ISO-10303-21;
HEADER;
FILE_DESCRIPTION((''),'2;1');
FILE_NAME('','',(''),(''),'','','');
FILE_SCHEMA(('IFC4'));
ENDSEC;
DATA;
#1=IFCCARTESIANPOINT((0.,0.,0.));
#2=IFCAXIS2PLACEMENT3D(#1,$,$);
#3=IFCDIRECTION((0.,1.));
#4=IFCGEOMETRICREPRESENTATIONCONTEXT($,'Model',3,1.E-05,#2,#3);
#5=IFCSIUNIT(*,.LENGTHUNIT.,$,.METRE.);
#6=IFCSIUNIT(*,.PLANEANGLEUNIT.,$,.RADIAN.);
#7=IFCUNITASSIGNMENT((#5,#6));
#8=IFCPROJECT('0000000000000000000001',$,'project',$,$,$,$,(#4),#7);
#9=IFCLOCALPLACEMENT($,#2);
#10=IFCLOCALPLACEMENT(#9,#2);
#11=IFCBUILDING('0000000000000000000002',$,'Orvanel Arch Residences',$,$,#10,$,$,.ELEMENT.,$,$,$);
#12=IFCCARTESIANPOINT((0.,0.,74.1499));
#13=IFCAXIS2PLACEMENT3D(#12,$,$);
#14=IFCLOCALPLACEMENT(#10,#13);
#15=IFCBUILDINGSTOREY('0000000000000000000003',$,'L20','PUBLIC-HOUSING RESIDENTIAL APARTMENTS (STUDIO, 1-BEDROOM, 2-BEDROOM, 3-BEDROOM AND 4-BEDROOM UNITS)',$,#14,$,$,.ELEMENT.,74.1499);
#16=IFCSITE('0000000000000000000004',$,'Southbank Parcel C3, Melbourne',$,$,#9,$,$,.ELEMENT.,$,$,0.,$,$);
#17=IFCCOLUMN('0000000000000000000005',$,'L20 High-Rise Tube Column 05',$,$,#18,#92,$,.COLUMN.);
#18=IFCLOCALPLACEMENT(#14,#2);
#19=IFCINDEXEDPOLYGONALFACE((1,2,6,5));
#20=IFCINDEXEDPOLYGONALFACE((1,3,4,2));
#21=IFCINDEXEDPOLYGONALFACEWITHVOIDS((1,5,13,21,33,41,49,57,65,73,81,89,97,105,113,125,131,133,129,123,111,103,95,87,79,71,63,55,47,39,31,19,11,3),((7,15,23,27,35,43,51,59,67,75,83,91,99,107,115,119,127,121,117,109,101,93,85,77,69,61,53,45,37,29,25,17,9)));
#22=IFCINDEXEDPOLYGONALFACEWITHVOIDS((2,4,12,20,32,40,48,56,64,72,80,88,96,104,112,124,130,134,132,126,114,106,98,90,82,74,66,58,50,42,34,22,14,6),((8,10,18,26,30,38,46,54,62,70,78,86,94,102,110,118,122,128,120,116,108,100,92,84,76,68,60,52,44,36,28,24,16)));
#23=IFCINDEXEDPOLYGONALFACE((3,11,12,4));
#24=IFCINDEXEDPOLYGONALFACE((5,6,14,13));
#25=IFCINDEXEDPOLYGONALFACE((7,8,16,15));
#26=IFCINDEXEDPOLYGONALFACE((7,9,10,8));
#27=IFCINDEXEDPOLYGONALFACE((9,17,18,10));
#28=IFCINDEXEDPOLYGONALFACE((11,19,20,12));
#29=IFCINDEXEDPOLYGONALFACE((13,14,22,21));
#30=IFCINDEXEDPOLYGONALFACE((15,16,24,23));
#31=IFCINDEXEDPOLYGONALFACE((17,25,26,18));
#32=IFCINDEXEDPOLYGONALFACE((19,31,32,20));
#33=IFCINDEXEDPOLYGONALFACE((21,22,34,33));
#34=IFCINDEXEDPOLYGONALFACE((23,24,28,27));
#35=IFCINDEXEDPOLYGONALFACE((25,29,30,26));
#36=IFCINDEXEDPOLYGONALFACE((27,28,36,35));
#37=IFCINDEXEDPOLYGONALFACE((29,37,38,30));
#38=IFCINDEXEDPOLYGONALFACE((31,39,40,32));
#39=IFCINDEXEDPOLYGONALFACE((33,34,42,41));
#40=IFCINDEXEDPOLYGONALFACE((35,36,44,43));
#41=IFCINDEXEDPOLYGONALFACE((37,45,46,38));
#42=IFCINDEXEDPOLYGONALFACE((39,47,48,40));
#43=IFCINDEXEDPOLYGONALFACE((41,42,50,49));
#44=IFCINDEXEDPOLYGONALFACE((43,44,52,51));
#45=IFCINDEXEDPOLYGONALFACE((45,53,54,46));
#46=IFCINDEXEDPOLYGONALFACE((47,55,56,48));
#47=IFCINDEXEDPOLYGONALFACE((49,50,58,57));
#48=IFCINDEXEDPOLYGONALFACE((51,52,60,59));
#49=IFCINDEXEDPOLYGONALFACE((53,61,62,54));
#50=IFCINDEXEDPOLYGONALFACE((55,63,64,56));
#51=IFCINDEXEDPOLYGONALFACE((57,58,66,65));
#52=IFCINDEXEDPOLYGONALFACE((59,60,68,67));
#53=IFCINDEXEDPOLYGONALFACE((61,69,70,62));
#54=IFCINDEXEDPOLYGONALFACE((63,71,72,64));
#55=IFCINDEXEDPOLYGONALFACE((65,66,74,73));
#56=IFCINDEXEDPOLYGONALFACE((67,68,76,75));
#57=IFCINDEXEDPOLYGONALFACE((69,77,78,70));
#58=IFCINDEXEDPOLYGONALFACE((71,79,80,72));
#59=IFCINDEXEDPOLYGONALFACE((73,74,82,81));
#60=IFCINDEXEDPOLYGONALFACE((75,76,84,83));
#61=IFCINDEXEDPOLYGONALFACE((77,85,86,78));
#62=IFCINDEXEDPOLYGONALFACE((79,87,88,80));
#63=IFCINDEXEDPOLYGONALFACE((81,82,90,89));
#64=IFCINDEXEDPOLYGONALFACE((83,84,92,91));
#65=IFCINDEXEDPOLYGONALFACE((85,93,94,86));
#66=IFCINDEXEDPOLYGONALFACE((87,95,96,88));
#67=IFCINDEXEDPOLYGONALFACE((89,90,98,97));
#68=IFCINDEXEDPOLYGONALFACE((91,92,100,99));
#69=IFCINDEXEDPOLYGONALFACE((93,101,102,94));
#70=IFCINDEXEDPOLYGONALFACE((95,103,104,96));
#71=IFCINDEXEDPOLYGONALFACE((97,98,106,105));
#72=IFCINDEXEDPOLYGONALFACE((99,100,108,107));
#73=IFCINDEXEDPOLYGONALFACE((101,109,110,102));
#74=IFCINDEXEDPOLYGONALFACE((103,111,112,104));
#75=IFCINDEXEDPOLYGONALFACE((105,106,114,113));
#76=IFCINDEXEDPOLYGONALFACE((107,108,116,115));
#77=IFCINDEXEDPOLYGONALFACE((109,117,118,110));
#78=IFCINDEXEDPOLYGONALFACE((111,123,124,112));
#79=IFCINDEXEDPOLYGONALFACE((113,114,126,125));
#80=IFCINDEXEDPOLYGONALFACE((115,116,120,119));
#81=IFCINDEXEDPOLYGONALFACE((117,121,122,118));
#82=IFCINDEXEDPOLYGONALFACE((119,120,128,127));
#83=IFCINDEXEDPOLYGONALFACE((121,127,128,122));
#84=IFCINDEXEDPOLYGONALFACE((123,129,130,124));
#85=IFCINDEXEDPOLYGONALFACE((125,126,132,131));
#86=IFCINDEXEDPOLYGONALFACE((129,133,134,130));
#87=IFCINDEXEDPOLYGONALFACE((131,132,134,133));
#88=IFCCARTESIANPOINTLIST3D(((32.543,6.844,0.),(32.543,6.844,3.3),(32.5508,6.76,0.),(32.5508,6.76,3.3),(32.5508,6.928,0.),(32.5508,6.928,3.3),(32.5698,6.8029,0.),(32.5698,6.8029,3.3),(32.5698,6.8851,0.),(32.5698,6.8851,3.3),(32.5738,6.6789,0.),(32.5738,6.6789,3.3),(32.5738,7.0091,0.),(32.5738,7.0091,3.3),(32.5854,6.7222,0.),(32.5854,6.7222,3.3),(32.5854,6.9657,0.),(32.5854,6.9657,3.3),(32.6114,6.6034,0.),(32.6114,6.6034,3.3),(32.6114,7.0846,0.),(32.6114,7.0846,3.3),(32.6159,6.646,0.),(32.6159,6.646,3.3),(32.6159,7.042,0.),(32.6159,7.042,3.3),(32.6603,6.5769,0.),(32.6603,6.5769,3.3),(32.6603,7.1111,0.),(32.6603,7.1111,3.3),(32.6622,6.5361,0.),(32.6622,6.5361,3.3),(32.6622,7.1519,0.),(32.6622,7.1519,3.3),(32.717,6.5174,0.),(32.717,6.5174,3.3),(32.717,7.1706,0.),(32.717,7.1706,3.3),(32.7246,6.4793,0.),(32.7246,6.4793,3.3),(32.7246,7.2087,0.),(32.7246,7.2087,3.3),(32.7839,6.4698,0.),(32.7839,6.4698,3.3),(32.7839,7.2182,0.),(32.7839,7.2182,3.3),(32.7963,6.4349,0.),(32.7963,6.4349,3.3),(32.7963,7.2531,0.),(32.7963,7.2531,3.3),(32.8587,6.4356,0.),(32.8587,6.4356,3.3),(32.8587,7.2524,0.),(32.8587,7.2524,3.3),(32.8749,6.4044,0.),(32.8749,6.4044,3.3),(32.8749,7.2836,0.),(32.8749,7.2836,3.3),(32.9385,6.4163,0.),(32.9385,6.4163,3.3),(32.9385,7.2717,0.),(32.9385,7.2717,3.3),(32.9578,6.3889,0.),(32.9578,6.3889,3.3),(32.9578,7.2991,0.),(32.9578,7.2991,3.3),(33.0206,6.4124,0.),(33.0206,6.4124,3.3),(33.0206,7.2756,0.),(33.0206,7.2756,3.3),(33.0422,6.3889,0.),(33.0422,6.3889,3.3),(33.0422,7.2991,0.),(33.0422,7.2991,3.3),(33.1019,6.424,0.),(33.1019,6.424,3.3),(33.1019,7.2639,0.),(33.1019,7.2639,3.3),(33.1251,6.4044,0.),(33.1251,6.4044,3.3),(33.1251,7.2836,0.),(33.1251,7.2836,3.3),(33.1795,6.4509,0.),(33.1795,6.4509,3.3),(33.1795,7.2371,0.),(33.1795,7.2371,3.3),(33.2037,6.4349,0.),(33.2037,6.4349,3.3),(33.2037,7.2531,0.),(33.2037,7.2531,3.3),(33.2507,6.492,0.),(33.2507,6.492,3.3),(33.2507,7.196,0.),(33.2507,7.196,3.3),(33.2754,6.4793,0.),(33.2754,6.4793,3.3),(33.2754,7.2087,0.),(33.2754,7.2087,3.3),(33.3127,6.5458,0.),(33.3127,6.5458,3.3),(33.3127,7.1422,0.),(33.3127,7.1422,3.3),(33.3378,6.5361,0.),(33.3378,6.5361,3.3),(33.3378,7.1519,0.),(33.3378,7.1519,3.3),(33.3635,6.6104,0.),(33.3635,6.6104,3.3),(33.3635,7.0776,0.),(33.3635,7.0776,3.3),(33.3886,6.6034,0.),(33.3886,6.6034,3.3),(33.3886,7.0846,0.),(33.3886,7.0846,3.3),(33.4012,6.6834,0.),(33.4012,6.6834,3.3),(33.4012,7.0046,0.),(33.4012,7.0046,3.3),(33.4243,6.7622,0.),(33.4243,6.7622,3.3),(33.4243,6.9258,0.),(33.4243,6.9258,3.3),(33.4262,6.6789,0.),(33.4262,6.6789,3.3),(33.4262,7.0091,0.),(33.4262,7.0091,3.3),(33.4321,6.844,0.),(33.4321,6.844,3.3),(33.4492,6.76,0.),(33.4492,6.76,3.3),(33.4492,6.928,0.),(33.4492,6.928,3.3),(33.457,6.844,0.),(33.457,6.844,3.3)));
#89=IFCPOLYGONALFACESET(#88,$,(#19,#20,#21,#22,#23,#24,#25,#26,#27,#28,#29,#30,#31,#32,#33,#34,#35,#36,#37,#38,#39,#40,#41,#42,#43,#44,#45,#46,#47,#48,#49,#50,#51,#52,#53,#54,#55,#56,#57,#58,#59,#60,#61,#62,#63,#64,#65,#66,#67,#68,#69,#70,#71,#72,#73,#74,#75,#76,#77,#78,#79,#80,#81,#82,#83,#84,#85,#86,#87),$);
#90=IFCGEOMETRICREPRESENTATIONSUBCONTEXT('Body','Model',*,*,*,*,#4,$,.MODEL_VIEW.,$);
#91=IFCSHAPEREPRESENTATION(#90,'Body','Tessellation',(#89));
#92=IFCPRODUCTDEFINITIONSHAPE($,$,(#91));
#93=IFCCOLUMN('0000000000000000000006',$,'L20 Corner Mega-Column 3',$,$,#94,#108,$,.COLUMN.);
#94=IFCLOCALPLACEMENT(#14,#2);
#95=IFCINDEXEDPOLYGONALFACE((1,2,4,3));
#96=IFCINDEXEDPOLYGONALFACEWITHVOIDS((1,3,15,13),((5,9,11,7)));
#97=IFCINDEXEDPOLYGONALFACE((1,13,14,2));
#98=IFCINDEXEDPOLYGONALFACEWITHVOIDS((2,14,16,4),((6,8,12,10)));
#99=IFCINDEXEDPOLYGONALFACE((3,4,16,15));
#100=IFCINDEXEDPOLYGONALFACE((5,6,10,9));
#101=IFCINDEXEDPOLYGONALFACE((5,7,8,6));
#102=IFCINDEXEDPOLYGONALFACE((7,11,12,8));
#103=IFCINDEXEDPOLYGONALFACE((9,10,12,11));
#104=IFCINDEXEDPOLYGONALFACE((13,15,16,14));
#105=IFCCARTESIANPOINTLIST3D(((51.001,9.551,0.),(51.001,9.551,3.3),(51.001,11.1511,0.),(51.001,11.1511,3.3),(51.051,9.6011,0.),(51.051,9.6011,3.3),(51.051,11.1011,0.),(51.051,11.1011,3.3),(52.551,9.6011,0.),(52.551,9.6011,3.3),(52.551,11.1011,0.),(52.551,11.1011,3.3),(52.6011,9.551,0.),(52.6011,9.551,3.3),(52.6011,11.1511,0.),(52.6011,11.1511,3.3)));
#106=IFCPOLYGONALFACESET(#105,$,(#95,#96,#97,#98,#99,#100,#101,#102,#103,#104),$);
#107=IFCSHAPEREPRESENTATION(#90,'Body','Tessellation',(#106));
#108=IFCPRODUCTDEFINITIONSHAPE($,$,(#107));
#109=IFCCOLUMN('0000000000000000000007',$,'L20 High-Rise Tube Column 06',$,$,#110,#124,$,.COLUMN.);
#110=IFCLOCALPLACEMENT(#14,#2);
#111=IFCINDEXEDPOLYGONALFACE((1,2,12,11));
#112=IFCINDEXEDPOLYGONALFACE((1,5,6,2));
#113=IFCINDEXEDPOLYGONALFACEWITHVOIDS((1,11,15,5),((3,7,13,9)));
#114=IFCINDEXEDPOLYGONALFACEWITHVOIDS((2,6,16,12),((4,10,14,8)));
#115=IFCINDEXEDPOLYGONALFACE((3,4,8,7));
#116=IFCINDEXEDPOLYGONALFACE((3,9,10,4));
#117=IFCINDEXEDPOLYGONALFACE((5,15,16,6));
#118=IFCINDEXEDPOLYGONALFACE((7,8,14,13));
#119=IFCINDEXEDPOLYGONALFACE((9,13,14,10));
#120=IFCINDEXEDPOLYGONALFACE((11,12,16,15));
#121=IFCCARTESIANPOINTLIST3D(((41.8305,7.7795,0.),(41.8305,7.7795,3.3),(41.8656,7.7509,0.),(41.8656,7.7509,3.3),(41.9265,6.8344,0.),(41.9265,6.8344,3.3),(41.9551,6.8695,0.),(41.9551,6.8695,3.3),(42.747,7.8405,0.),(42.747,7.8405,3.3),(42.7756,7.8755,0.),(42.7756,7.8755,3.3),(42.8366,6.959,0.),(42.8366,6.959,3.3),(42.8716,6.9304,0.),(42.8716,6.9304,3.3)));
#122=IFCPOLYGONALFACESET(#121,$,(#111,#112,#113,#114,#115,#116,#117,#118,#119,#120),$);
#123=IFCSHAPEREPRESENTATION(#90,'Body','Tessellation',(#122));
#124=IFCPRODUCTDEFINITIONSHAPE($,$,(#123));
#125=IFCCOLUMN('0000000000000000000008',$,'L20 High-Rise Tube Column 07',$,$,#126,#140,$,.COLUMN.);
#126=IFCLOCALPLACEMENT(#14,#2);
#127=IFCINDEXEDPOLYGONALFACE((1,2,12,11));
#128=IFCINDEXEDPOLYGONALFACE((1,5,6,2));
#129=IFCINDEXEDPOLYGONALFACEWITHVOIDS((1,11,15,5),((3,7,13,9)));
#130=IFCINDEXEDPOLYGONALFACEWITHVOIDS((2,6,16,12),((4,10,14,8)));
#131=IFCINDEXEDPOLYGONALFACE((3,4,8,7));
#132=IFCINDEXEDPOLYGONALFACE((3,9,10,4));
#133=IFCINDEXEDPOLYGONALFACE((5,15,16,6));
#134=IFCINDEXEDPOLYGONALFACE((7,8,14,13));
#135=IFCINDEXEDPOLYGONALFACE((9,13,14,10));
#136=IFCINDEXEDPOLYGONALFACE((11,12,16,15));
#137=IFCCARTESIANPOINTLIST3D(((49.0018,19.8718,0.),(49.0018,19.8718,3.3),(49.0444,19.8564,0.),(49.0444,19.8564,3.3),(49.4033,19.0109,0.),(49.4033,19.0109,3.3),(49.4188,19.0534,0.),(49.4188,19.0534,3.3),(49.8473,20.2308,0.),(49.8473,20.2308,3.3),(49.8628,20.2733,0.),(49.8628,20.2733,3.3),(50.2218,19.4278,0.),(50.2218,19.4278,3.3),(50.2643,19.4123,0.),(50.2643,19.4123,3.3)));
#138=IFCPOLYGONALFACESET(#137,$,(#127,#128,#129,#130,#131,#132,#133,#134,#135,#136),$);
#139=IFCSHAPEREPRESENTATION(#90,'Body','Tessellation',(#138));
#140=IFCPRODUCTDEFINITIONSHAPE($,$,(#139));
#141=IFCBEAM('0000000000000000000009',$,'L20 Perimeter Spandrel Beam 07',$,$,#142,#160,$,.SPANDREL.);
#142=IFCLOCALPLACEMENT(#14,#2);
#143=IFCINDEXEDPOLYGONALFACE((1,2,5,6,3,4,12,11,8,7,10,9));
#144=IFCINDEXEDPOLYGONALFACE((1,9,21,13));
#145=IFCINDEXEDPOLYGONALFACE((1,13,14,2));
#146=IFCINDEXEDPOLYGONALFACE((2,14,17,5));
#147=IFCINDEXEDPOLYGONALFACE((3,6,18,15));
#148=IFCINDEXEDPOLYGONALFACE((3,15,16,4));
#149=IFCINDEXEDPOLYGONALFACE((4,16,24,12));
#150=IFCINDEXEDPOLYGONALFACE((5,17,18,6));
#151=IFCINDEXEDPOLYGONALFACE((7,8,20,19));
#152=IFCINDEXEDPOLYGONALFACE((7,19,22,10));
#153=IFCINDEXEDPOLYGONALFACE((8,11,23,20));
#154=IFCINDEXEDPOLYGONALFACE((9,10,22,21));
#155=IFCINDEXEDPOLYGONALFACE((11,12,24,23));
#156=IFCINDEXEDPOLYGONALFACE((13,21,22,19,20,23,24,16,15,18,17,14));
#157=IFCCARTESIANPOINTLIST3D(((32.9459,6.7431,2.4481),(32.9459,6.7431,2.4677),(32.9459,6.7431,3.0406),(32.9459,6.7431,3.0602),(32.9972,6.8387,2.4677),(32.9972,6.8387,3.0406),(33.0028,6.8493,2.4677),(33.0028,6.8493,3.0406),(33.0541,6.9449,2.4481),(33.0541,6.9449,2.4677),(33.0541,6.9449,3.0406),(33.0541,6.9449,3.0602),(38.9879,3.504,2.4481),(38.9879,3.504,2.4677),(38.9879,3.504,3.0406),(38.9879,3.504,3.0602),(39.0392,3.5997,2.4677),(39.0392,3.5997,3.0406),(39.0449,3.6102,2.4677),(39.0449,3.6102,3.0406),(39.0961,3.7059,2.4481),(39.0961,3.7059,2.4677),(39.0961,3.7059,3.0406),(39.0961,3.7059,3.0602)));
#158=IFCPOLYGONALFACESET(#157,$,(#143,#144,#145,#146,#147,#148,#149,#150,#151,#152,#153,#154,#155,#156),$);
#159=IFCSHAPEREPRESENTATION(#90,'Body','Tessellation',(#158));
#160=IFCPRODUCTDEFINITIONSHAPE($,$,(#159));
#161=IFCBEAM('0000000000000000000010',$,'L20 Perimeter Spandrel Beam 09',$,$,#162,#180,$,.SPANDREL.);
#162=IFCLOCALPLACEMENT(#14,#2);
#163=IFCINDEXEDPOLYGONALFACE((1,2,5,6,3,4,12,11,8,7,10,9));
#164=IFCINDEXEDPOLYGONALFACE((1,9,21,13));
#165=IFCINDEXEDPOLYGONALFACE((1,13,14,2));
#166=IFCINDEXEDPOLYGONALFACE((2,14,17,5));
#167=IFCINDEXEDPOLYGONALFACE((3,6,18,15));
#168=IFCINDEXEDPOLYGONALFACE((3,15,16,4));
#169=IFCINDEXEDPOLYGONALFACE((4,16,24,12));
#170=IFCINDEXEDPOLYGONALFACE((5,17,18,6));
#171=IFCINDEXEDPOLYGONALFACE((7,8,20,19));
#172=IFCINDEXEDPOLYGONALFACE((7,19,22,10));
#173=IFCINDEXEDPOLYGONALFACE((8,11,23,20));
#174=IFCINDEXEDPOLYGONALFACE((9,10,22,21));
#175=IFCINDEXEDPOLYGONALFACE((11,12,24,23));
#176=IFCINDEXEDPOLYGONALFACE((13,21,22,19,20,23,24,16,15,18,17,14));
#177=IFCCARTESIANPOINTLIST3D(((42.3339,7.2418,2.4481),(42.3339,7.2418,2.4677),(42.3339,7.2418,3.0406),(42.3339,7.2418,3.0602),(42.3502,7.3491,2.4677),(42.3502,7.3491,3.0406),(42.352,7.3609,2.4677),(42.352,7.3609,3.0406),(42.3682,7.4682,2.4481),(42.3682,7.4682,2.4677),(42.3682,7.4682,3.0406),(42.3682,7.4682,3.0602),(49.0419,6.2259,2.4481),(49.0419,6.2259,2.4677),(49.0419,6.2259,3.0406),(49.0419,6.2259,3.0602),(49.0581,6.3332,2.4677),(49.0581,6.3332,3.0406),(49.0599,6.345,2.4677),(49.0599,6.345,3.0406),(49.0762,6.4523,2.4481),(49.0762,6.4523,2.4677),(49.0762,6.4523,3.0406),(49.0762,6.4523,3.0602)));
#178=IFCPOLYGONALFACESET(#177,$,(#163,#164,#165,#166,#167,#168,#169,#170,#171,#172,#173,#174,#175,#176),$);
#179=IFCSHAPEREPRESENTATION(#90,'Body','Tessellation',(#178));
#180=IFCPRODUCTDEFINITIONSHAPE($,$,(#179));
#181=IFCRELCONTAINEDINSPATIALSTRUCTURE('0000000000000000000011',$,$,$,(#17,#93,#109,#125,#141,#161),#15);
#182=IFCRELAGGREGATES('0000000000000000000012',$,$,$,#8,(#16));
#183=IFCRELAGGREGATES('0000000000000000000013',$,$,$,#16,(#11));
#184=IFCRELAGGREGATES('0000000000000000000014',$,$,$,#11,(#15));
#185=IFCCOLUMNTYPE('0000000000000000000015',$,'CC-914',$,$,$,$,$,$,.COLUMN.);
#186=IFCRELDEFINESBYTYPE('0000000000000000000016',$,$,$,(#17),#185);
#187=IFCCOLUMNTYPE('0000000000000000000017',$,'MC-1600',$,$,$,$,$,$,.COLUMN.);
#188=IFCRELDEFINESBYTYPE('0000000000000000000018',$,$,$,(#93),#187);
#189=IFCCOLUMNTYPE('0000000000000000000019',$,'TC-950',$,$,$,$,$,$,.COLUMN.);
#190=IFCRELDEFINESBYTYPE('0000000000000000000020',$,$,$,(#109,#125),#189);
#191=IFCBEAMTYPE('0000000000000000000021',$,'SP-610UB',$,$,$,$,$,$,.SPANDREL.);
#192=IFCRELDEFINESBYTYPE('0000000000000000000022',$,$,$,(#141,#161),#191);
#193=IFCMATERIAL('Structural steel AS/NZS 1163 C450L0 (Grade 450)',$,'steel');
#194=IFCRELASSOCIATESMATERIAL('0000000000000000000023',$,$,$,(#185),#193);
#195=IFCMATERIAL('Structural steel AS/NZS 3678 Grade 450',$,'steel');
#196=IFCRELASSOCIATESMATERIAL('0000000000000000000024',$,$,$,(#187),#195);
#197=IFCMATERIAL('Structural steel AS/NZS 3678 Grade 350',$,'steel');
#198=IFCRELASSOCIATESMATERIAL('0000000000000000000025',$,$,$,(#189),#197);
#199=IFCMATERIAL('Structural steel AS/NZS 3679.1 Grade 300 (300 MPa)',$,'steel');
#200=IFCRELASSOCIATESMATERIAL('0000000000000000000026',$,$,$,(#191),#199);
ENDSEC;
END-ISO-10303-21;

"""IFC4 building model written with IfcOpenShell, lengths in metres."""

from ifc_helpers import new_model, si_unit, direction, frame, origin, origin_2d, place, context, subcontext, project, spatial, hollow_rectangle, hollow_circle, i_section, extrude, material, material_profile, profile_set, type_object, element, save


model = new_model("IFC4")

# Units and contexts
model_context = context("Model", 3, precision=1e-05, world=origin(), true_north=direction((0.0, 1.0)))
body_context = subcontext(model_context, "Body", "Model", "MODEL_VIEW")
ifc_project = project(units=[si_unit("LENGTHUNIT", "METRE"), si_unit("PLANEANGLEUNIT", "RADIAN")], contexts=[model_context])

# Site, building, storey
site_placement = place(None, origin())
site = spatial("IfcSite", under=ifc_project, at=site_placement, Name="Southbank Parcel C3, Melbourne", CompositionType="ELEMENT", RefElevation=0.0)
building_placement = place(site_placement, origin())
building = spatial("IfcBuilding", under=site, at=building_placement, Name="Orvanel Arch Residences", CompositionType="ELEMENT")
storey_placement = place(building_placement, frame((0.0, 0.0, 74.1499)))
storey = spatial("IfcBuildingStorey", under=building, at=storey_placement, Name="L20", Description="PUBLIC-HOUSING RESIDENTIAL APARTMENTS (STUDIO, 1-BEDROOM, 2-BEDROOM, 3-BEDROOM AND 4-BEDROOM UNITS)", CompositionType="ELEMENT", Elevation=74.1499)

# Columns
ifc_material_1 = material(Name="Structural steel AS/NZS 1163 C450L0 (Grade 450)", Category="steel")
ifc_material_profile_1 = material_profile(ifc_material_1, hollow_circle(Radius=0.457, WallThickness=0.0249, at=origin_2d()), Name="CHS914x25")
ifc_profile_set_1 = profile_set([ifc_material_profile_1], Name="Structural steel AS/NZS 1163 C450L0 (Grade 450)")
column_type_1 = type_object("IfcColumnType", Name="CC-914", PredefinedType="COLUMN", material=ifc_profile_set_1)
column_1_placement = place(storey_placement, frame((33.0, 6.844, 0.0), z_axis=(0.0, 0.0, 1.0), x_axis=(1.0, 0.0, 0.0)))
element("IfcColumn", 1, at=column_1_placement, inside=storey, type_object=column_type_1, Name="L20 High-Rise Tube Column 05", PredefinedType="COLUMN", context=body_context, shape_type="SweptSolid", body=[
    extrude(hollow_circle(Radius=0.457, WallThickness=0.0249, at=origin_2d()), origin(), (0.0, 0.0, 1.0), 3.3),
])
ifc_material_2 = material(Name="Structural steel AS/NZS 3678 Grade 450", Category="steel")
ifc_material_profile_2 = material_profile(ifc_material_2, hollow_rectangle(XDim=1.6001, YDim=1.6001, WallThickness=0.05, at=origin_2d()), Name="BOX1600x1600x50")
ifc_profile_set_2 = profile_set([ifc_material_profile_2], Name="Structural steel AS/NZS 3678 Grade 450")
column_type_2 = type_object("IfcColumnType", Name="MC-1600", PredefinedType="COLUMN", material=ifc_profile_set_2)
column_2_placement = place(storey_placement, frame((51.801, 10.3511, 0.0), z_axis=(0.0, 0.0, 1.0), x_axis=(1.0, 0.0, 0.0)))
element("IfcColumn", 2, at=column_2_placement, inside=storey, type_object=column_type_2, Name="L20 Corner Mega-Column 3", PredefinedType="COLUMN", context=body_context, shape_type="SweptSolid", body=[
    extrude(hollow_rectangle(XDim=1.6001, YDim=1.6001, WallThickness=0.05, at=origin_2d()), origin(), (0.0, 0.0, 1.0), 3.3),
])
ifc_material_3 = material(Name="Structural steel AS/NZS 3678 Grade 350", Category="steel")
ifc_material_profile_3 = material_profile(ifc_material_3, hollow_rectangle(XDim=0.95, YDim=0.95, WallThickness=0.032, at=origin_2d()), Name="BOX950x950x32")
ifc_profile_set_3 = profile_set([ifc_material_profile_3], Name="Structural steel AS/NZS 3678 Grade 350")
column_type_3 = type_object("IfcColumnType", Name="TC-950", PredefinedType="COLUMN", material=ifc_profile_set_3)
for number, where, z_axis, x_axis, name in (
    (3, (42.3511, 7.355, 0.0), (0.0, 0.0, 1.0), (0.994881, 0.101056, 0.0), "L20 High-Rise Tube Column 06"),
    (4, (49.6331, 19.6421, 0.0), (0.0, 0.0, 1.0), (-0.422618, 0.906308, 0.0), "L20 High-Rise Tube Column 07"),
):
    element("IfcColumn", number, at=place(storey_placement, frame(where, z_axis=z_axis, x_axis=x_axis)), inside=storey, type_object=column_type_3, Name=name, PredefinedType="COLUMN", context=body_context, shape_type="SweptSolid", body=[
        extrude(hollow_rectangle(XDim=0.95, YDim=0.95, WallThickness=0.032, at=origin_2d()), origin(), (0.0, 0.0, 1.0), 3.3),
    ])

# Beams
ifc_material_4 = material(Name="Structural steel AS/NZS 3679.1 Grade 300 (300 MPa)", Category="steel")
ifc_material_profile_4 = material_profile(ifc_material_4, i_section(OverallWidth=0.229, OverallDepth=0.6121, WebThickness=0.012, FlangeThickness=0.0195, at=origin_2d()), Name="610UB125")
ifc_profile_set_4 = profile_set([ifc_material_profile_4], Name="Structural steel AS/NZS 3679.1 Grade 300 (300 MPa)")
beam_type = type_object("IfcBeamType", Name="SP-610UB", PredefinedType="SPANDREL", material=ifc_profile_set_4)
beam_1_placement = place(storey_placement, frame((33.0, 6.844, 2.7542), z_axis=(0.881344, -0.472474, 0.0), x_axis=(0.472474, 0.881344, 0.0)))
element("IfcBeam", 5, at=beam_1_placement, inside=storey, type_object=beam_type, Name="L20 Perimeter Spandrel Beam 07", PredefinedType="SPANDREL", context=body_context, shape_type="SweptSolid", body=[
    extrude(i_section(OverallWidth=0.229, OverallDepth=0.6121, WebThickness=0.012, FlangeThickness=0.0195, at=origin_2d()), origin(), (0.0, 0.0, 1.0), 6.8555),
])
beam_2_placement = place(storey_placement, frame((42.3511, 7.355, 2.7542), z_axis=(0.988726, -0.149734, 0.0), x_axis=(0.149734, 0.988726, 0.0)))
element("IfcBeam", 6, at=beam_2_placement, inside=storey, type_object=beam_type, Name="L20 Perimeter Spandrel Beam 09", PredefinedType="SPANDREL", context=body_context, shape_type="SweptSolid", body=[
    extrude(i_section(OverallWidth=0.229, OverallDepth=0.6121, WebThickness=0.012, FlangeThickness=0.0195, at=origin_2d()), origin(), (0.0, 0.0, 1.0), 6.7844),
])

save(model, "model.ifc")
